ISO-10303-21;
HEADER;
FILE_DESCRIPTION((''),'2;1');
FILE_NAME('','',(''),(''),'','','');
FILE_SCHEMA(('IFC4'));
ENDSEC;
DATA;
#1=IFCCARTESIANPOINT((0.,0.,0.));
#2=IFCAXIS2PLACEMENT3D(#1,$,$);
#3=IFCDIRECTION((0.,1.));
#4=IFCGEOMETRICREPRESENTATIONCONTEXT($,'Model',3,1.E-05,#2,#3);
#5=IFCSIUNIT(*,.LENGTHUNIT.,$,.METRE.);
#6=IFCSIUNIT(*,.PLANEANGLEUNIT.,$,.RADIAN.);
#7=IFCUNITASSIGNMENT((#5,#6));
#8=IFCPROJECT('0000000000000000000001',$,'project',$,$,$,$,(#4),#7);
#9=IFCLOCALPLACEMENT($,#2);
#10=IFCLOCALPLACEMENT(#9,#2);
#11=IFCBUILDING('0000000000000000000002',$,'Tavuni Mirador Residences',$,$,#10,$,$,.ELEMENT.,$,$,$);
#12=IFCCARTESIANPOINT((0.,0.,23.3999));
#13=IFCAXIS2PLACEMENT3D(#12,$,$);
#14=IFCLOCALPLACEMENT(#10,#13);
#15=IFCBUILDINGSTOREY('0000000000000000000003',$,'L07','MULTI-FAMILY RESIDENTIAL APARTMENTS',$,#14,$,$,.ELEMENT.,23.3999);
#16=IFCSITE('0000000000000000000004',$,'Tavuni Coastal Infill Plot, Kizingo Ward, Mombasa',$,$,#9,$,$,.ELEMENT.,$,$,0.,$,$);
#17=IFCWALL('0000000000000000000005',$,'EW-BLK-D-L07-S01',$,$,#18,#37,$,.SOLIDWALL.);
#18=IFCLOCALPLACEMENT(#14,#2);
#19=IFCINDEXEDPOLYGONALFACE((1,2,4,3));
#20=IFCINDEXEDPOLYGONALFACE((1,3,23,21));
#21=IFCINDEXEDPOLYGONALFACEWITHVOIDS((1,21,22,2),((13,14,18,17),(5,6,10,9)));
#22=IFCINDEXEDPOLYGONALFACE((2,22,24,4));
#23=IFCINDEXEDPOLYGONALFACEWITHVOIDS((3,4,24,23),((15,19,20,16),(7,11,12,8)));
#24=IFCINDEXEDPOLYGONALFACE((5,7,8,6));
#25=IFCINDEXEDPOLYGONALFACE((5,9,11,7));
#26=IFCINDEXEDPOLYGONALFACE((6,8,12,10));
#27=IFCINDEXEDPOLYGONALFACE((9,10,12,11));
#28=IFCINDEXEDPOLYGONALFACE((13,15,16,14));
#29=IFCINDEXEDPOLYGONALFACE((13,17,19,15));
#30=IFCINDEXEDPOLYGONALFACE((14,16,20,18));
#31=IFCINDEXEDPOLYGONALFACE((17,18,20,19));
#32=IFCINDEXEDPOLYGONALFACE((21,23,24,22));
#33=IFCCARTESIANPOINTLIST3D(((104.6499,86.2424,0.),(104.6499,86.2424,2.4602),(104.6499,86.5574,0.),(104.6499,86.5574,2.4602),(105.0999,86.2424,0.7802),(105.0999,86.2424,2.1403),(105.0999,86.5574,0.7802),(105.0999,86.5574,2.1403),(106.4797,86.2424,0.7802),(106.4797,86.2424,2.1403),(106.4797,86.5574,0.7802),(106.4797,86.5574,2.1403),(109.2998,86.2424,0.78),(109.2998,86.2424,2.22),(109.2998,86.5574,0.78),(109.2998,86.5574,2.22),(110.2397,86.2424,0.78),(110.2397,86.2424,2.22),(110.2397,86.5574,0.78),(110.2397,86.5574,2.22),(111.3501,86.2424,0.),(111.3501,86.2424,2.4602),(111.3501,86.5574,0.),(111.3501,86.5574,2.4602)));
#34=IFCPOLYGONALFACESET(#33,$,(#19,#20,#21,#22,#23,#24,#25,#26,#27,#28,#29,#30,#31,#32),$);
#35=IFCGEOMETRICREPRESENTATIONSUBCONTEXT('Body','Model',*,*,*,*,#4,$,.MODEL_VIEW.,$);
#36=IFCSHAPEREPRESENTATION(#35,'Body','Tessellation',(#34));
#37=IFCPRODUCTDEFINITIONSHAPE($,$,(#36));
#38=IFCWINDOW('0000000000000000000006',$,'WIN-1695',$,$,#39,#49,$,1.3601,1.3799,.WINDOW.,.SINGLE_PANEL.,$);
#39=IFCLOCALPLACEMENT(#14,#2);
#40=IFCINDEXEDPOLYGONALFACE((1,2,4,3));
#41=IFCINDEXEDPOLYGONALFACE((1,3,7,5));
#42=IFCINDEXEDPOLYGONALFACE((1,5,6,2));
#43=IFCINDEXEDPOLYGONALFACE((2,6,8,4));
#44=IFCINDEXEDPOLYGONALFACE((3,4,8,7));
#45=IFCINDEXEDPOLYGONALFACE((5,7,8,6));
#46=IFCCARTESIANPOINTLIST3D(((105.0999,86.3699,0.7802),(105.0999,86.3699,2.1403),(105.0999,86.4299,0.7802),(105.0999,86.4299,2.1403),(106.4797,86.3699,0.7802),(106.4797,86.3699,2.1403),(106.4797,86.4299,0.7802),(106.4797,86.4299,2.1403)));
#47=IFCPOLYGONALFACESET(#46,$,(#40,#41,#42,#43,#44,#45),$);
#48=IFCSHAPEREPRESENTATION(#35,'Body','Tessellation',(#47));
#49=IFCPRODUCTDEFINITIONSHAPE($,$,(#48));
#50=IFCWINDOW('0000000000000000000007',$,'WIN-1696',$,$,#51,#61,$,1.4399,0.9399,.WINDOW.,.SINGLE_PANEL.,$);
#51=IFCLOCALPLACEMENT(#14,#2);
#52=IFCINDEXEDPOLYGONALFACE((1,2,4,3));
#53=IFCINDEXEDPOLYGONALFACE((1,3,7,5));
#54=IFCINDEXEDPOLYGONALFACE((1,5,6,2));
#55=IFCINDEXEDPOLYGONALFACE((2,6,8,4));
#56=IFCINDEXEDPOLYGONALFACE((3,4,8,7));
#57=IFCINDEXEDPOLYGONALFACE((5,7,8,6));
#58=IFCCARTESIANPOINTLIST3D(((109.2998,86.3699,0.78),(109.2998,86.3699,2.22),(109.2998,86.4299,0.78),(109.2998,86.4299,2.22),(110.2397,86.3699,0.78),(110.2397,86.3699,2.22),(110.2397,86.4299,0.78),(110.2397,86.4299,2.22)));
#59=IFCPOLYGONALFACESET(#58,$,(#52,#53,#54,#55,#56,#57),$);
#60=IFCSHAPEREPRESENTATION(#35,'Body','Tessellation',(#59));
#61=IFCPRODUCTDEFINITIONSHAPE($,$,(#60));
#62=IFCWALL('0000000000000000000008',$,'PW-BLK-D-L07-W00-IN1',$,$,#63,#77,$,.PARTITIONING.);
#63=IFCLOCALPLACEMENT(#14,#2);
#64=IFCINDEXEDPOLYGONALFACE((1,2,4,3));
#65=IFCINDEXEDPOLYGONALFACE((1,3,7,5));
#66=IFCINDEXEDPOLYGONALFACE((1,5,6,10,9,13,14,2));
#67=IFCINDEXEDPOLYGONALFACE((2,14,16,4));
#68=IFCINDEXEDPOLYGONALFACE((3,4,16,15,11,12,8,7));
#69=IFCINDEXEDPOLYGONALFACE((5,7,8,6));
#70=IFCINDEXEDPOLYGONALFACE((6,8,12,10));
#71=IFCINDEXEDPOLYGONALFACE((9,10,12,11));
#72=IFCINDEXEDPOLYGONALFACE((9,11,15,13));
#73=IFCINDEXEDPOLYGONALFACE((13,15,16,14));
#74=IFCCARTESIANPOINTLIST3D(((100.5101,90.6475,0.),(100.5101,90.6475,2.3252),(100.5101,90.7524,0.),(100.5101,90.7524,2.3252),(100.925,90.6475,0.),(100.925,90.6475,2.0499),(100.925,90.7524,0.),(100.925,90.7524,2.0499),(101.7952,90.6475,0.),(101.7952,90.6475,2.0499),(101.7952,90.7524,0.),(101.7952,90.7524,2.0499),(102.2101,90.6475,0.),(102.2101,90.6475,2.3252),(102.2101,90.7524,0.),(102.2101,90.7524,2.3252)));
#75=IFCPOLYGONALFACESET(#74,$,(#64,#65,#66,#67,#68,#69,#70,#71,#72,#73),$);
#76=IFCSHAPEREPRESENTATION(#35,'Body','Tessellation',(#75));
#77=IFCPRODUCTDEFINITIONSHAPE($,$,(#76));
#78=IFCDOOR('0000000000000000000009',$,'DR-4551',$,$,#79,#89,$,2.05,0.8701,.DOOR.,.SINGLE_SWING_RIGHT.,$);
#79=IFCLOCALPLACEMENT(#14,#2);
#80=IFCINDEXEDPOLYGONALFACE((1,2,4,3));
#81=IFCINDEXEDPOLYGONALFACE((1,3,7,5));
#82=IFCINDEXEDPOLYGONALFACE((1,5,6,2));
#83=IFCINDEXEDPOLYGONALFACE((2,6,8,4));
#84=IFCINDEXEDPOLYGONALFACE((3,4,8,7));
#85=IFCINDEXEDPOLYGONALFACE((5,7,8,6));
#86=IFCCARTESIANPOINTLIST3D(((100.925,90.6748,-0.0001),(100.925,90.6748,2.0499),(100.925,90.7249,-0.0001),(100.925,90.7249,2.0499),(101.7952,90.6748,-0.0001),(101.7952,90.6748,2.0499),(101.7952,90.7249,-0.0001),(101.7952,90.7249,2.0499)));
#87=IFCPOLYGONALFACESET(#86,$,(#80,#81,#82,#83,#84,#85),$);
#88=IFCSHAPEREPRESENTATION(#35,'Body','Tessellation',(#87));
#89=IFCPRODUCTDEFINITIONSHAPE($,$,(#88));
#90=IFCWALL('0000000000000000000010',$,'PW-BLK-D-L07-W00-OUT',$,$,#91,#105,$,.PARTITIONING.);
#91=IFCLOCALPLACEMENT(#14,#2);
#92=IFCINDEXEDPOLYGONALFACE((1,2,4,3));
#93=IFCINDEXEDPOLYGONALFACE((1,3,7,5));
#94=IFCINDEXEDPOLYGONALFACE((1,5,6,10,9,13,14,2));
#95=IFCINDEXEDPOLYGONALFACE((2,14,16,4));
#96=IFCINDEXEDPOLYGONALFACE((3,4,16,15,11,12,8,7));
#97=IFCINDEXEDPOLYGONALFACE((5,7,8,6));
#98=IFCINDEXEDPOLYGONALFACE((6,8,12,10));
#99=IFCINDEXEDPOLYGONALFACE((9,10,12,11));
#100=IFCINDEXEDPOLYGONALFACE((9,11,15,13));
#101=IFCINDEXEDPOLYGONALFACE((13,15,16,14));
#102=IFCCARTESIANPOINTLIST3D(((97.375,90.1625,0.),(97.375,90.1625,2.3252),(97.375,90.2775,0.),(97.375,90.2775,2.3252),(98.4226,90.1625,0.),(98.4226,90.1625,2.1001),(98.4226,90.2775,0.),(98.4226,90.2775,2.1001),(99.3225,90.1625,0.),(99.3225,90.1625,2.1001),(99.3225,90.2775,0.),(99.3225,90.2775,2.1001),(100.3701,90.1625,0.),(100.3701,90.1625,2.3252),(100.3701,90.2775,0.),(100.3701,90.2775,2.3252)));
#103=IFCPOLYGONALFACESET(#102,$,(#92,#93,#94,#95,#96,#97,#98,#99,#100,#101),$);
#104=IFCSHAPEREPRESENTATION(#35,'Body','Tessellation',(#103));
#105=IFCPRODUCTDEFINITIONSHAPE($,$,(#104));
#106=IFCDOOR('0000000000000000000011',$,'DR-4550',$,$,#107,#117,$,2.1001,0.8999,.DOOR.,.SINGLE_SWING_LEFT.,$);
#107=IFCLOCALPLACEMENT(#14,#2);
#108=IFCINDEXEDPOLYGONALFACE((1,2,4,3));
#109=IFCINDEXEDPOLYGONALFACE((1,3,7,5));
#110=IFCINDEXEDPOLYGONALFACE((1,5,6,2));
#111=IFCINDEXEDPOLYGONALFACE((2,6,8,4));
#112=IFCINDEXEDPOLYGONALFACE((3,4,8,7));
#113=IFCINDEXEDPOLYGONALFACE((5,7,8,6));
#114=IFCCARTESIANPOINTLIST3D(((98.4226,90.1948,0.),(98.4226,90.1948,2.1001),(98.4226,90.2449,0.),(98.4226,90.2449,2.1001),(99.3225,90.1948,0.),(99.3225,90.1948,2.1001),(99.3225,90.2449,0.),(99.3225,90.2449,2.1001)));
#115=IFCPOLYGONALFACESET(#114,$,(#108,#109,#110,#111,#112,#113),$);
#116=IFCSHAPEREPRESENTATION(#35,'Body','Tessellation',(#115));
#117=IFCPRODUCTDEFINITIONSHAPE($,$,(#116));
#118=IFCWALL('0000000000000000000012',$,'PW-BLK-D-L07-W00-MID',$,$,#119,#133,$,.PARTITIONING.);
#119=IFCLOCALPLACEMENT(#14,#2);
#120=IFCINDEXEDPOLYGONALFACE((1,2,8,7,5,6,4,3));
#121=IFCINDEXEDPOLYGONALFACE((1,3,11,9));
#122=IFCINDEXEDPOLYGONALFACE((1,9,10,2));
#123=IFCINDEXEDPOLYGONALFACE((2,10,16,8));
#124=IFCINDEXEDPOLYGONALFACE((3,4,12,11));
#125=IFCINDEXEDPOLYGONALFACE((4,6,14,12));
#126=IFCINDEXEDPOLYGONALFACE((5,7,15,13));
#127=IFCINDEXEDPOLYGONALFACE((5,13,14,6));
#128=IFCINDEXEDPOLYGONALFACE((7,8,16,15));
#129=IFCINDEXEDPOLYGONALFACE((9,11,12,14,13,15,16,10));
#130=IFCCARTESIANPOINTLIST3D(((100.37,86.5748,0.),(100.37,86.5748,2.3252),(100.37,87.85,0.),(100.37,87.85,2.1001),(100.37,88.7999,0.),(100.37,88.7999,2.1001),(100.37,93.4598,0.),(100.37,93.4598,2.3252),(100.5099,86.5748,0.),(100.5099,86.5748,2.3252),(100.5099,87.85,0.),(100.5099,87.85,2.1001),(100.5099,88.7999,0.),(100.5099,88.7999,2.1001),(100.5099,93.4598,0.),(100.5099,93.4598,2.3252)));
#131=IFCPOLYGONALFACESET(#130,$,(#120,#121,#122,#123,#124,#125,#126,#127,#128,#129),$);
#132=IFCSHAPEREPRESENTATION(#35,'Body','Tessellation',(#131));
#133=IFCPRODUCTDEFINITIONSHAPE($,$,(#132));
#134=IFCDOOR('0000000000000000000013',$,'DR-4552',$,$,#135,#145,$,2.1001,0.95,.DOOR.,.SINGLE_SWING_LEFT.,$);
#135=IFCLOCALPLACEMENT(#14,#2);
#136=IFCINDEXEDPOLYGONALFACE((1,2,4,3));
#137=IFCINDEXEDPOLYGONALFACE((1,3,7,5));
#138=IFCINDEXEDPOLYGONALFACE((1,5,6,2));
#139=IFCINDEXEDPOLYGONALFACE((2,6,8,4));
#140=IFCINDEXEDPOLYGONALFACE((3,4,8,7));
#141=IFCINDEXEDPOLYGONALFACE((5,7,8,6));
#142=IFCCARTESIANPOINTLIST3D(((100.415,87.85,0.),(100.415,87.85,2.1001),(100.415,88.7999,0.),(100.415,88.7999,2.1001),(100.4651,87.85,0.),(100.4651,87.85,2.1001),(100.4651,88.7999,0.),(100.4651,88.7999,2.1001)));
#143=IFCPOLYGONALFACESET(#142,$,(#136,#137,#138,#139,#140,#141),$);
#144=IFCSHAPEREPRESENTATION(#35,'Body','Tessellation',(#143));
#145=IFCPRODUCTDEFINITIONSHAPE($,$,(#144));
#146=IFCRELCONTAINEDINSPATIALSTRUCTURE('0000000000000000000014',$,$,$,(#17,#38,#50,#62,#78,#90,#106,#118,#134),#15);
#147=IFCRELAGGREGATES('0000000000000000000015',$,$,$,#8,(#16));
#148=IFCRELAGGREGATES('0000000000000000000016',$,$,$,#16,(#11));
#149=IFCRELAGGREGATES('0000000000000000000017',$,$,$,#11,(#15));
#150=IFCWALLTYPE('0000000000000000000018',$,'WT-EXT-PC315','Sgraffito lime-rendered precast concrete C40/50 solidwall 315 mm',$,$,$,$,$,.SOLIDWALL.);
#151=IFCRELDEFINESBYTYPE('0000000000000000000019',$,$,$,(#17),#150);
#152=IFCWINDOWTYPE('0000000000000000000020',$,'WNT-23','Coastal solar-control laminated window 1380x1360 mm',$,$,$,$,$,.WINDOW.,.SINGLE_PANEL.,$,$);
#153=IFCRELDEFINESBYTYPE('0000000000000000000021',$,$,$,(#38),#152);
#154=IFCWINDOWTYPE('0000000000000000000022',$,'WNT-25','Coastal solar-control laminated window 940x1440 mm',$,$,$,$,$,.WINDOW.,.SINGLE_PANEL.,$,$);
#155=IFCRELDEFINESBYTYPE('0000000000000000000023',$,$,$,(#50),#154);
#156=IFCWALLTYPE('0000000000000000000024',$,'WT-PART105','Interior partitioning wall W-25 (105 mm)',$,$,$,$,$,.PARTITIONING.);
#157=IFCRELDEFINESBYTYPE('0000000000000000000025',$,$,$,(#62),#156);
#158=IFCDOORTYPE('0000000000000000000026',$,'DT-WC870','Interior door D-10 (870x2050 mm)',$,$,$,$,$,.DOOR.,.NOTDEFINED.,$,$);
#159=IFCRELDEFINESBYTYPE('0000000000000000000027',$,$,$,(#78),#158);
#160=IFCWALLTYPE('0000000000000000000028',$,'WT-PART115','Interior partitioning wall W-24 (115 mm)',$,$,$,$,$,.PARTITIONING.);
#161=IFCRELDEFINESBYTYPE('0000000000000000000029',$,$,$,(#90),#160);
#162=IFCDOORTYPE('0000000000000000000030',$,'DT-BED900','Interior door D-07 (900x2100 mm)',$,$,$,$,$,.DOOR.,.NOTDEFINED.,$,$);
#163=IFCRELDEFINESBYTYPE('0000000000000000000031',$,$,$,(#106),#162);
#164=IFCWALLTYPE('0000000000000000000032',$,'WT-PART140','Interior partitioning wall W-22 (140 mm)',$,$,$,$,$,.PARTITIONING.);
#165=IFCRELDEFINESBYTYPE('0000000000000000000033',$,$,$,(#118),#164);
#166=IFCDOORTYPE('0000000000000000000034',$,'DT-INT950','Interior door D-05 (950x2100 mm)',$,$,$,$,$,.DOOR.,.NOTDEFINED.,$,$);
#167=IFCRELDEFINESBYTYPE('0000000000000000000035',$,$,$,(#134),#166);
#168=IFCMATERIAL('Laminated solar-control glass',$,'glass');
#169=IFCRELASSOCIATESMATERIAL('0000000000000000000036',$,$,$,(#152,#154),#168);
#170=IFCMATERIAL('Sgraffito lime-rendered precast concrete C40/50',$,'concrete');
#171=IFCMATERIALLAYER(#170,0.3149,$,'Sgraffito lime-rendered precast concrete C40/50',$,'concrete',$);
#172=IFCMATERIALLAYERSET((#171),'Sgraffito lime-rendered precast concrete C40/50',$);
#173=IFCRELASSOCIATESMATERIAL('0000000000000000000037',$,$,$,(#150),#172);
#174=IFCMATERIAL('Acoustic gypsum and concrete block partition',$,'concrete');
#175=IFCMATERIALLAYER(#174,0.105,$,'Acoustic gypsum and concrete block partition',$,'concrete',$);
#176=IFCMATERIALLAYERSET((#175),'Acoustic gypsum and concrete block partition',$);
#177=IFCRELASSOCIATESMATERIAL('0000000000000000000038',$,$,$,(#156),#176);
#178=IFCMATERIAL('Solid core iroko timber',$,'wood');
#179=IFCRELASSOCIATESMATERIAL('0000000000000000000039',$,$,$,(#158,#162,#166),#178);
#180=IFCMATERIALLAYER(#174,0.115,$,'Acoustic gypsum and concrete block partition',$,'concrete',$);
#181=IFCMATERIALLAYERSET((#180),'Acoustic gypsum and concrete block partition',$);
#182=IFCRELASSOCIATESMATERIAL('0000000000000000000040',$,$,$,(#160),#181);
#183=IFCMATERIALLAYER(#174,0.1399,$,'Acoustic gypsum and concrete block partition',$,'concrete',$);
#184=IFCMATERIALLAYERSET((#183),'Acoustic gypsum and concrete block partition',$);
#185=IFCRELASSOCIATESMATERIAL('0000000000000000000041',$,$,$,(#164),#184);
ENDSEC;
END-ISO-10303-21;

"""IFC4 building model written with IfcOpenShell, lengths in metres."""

from ifc_helpers import new_model, si_unit, direction, frame, frame_2d, origin, place, context, subcontext, project, spatial, rectangle, extrude, material, layer, layer_set, type_object, element, fill, save


model = new_model("IFC4")

# Units and contexts
model_context = context("Model", 3, precision=1e-05, world=origin(), true_north=direction((0.0, 1.0)))
body_context = subcontext(model_context, "Body", "Model", "MODEL_VIEW")
ifc_project = project(units=[si_unit("LENGTHUNIT", "METRE"), si_unit("PLANEANGLEUNIT", "RADIAN")], contexts=[model_context])

# Site, building, storey
site_placement = place(None, origin())
site = spatial("IfcSite", under=ifc_project, at=site_placement, Name="Tavuni Coastal Infill Plot, Kizingo Ward, Mombasa", CompositionType="ELEMENT", RefElevation=0.0)
building_placement = place(site_placement, origin())
building = spatial("IfcBuilding", under=site, at=building_placement, Name="Tavuni Mirador Residences", CompositionType="ELEMENT")
storey_placement = place(building_placement, frame((0.0, 0.0, 23.3999)))
storey = spatial("IfcBuildingStorey", under=building, at=storey_placement, Name="L07", Description="MULTI-FAMILY RESIDENTIAL APARTMENTS", CompositionType="ELEMENT", Elevation=23.3999)

# Shared definitions
ifc_material_1 = material(Name="Solid core iroko timber", Category="wood")

# Wall, openings, windows
ifc_material_2 = material(Name="Laminated solar-control glass", Category="glass")
window_type_1 = type_object("IfcWindowType", Name="WNT-23", Description="Coastal solar-control laminated window 1380x1360 mm", PartitioningType="SINGLE_PANEL", PredefinedType="WINDOW", material=ifc_material_2)
window_type_2 = type_object("IfcWindowType", Name="WNT-25", Description="Coastal solar-control laminated window 940x1440 mm", PartitioningType="SINGLE_PANEL", PredefinedType="WINDOW", material=ifc_material_2)
ifc_material_3 = material(Name="Sgraffito lime-rendered precast concrete C40/50", Category="concrete")
ifc_layer_1 = layer(ifc_material_3, 0.3149, Name="Sgraffito lime-rendered precast concrete C40/50", Category="concrete")
ifc_layer_set_1 = layer_set([ifc_layer_1], Name="Sgraffito lime-rendered precast concrete C40/50")
wall_type_1 = type_object("IfcWallType", Name="WT-EXT-PC315", Description="Sgraffito lime-rendered precast concrete C40/50 solidwall 315 mm", PredefinedType="SOLIDWALL", material=ifc_layer_set_1)
wall_1_placement = place(storey_placement, frame((104.6499, 86.3999, 0.0), z_axis=(0.0, 0.0, 1.0), x_axis=(1.0, 0.0, 0.0)))
wall_1 = element("IfcWall", 1, at=wall_1_placement, inside=storey, type_object=wall_type_1, Name="EW-BLK-D-L07-S01", PredefinedType="SOLIDWALL", context=body_context, shape_type="SweptSolid", body=[
    extrude(rectangle(XDim=6.7002, YDim=0.3149, at=frame_2d((3.3501, 0.0))), origin(), (0.0, 0.0, 1.0), 2.4602),
])
opening_1_placement = place(wall_1_placement, frame((0.45, 0.0, 0.78)))
opening_1 = element("IfcOpeningElement", 2, at=opening_1_placement, cuts=wall_1, PredefinedType="OPENING", context=body_context, shape_type="SweptSolid", body=[
    extrude(rectangle(XDim=1.3799, YDim=1.3601, at=frame_2d((0.6899, 0.6802))), frame((0.0, 0.1675, 0.0), z_axis=(0.0, -1.0, 0.0), x_axis=(1.0, 0.0, 0.0)), (0.0, 0.0, 1.0), 0.335),
])
opening_2_placement = place(wall_1_placement, frame((4.6499, 0.0, 0.78)))
opening_2 = element("IfcOpeningElement", 3, at=opening_2_placement, cuts=wall_1, PredefinedType="OPENING", context=body_context, shape_type="SweptSolid", body=[
    extrude(rectangle(XDim=0.9399, YDim=1.4399, at=frame_2d((0.47, 0.72))), frame((0.0, 0.1675, 0.0), z_axis=(0.0, -1.0, 0.0), x_axis=(1.0, 0.0, 0.0)), (0.0, 0.0, 1.0), 0.335),
])
window_1_placement = place(opening_1_placement, origin())
window_1 = element("IfcWindow", 4, at=window_1_placement, inside=storey, type_object=window_type_1, Name="WIN-1695", OverallHeight=1.3601, OverallWidth=1.3799, PartitioningType="SINGLE_PANEL", PredefinedType="WINDOW", context=body_context, shape_type="SweptSolid", body=[
    extrude(rectangle(XDim=1.3799, YDim=1.3601, at=frame_2d((0.6899, 0.6802))), frame((0.0, 0.03, 0.0), z_axis=(0.0, -1.0, 0.0), x_axis=(1.0, 0.0, 0.0)), (0.0, 0.0, 1.0), 0.0601),
])
fill(opening_1, window_1)
window_2_placement = place(opening_2_placement, origin())
window_2 = element("IfcWindow", 5, at=window_2_placement, inside=storey, type_object=window_type_2, Name="WIN-1696", OverallHeight=1.4399, OverallWidth=0.9399, PartitioningType="SINGLE_PANEL", PredefinedType="WINDOW", context=body_context, shape_type="SweptSolid", body=[
    extrude(rectangle(XDim=0.9399, YDim=1.4399, at=frame_2d((0.47, 0.72))), frame((0.0, 0.03, 0.0), z_axis=(0.0, -1.0, 0.0), x_axis=(1.0, 0.0, 0.0)), (0.0, 0.0, 1.0), 0.0601),
])
fill(opening_2, window_2)

# Walls, openings, doors
ifc_material_4 = material(Name="Acoustic gypsum and concrete block partition", Category="concrete")
ifc_layer_2 = layer(ifc_material_4, 0.105, Name="Acoustic gypsum and concrete block partition", Category="concrete")
ifc_layer_set_2 = layer_set([ifc_layer_2], Name="Acoustic gypsum and concrete block partition")
wall_type_2 = type_object("IfcWallType", Name="WT-PART105", Description="Interior partitioning wall W-25 (105 mm)", PredefinedType="PARTITIONING", material=ifc_layer_set_2)
wall_2_placement = place(storey_placement, frame((100.51, 90.7, 0.0), z_axis=(0.0, 0.0, 1.0), x_axis=(1.0, 0.0, 0.0)))
wall_2 = element("IfcWall", 6, at=wall_2_placement, inside=storey, type_object=wall_type_2, Name="PW-BLK-D-L07-W00-IN1", PredefinedType="PARTITIONING", context=body_context, shape_type="SweptSolid", body=[
    extrude(rectangle(XDim=1.7, YDim=0.105, at=frame_2d((0.8501, 0.0))), origin(), (0.0, 0.0, 1.0), 2.3252),
])
opening_3_placement = place(wall_2_placement, frame((0.415, 0.0, 0.0)))
opening_3 = element("IfcOpeningElement", 7, at=opening_3_placement, cuts=wall_2, PredefinedType="OPENING", context=body_context, shape_type="SweptSolid", body=[
    extrude(rectangle(XDim=0.8701, YDim=2.05, at=frame_2d((0.4351, 1.0249))), frame((0.0, 0.0625, 0.0), z_axis=(0.0, -1.0, 0.0), x_axis=(1.0, 0.0, 0.0)), (0.0, 0.0, 1.0), 0.125),
])
door_type_1 = type_object("IfcDoorType", Name="DT-WC870", Description="Interior door D-10 (870x2050 mm)", OperationType="NOTDEFINED", PredefinedType="DOOR", material=ifc_material_1)
door_1_placement = place(opening_3_placement, origin())
door_1 = element("IfcDoor", 8, at=door_1_placement, inside=storey, type_object=door_type_1, Name="DR-4551", OperationType="SINGLE_SWING_RIGHT", OverallHeight=2.05, OverallWidth=0.8701, PredefinedType="DOOR", context=body_context, shape_type="SweptSolid", body=[
    extrude(rectangle(XDim=0.8701, YDim=2.05, at=frame_2d((0.4351, 1.0249))), frame((0.0, 0.0249, 0.0), z_axis=(0.0, -1.0, 0.0), x_axis=(1.0, 0.0, 0.0)), (0.0, 0.0, 1.0), 0.05),
])
fill(opening_3, door_1)
ifc_layer_3 = layer(ifc_material_4, 0.115, Name="Acoustic gypsum and concrete block partition", Category="concrete")
ifc_layer_set_3 = layer_set([ifc_layer_3], Name="Acoustic gypsum and concrete block partition")
wall_type_3 = type_object("IfcWallType", Name="WT-PART115", Description="Interior partitioning wall W-24 (115 mm)", PredefinedType="PARTITIONING", material=ifc_layer_set_3)
wall_3_placement = place(storey_placement, frame((97.375, 90.22, 0.0), z_axis=(0.0, 0.0, 1.0), x_axis=(1.0, 0.0, 0.0)))
wall_3 = element("IfcWall", 9, at=wall_3_placement, inside=storey, type_object=wall_type_3, Name="PW-BLK-D-L07-W00-OUT", PredefinedType="PARTITIONING", context=body_context, shape_type="SweptSolid", body=[
    extrude(rectangle(XDim=2.9951, YDim=0.115, at=frame_2d((1.4976, 0.0))), origin(), (0.0, 0.0, 1.0), 2.3252),
])
opening_4_placement = place(wall_3_placement, frame((1.0476, 0.0, 0.0)))
opening_4 = element("IfcOpeningElement", 10, at=opening_4_placement, cuts=wall_3, PredefinedType="OPENING", context=body_context, shape_type="SweptSolid", body=[
    extrude(rectangle(XDim=0.8999, YDim=2.1001, at=frame_2d((0.45, 1.05))), frame((0.0, 0.0674, 0.0), z_axis=(0.0, -1.0, 0.0), x_axis=(1.0, 0.0, 0.0)), (0.0, 0.0, 1.0), 0.135),
])
door_type_2 = type_object("IfcDoorType", Name="DT-BED900", Description="Interior door D-07 (900x2100 mm)", OperationType="NOTDEFINED", PredefinedType="DOOR", material=ifc_material_1)
door_2_placement = place(opening_4_placement, origin())
door_2 = element("IfcDoor", 11, at=door_2_placement, inside=storey, type_object=door_type_2, Name="DR-4550", OperationType="SINGLE_SWING_LEFT", OverallHeight=2.1001, OverallWidth=0.8999, PredefinedType="DOOR", context=body_context, shape_type="SweptSolid", body=[
    extrude(rectangle(XDim=0.8999, YDim=2.1001, at=frame_2d((0.45, 1.05))), frame((0.0, 0.0249, 0.0), z_axis=(0.0, -1.0, 0.0), x_axis=(1.0, 0.0, 0.0)), (0.0, 0.0, 1.0), 0.05),
])
fill(opening_4, door_2)
ifc_layer_4 = layer(ifc_material_4, 0.1399, Name="Acoustic gypsum and concrete block partition", Category="concrete")
ifc_layer_set_4 = layer_set([ifc_layer_4], Name="Acoustic gypsum and concrete block partition")
wall_type_4 = type_object("IfcWallType", Name="WT-PART140", Description="Interior partitioning wall W-22 (140 mm)", PredefinedType="PARTITIONING", material=ifc_layer_set_4)
wall_4_placement = place(storey_placement, frame((100.4399, 86.575, 0.0), z_axis=(0.0, 0.0, 1.0), x_axis=(0.0, 1.0, 0.0)))
wall_4 = element("IfcWall", 12, at=wall_4_placement, inside=storey, type_object=wall_type_4, Name="PW-BLK-D-L07-W00-MID", PredefinedType="PARTITIONING", context=body_context, shape_type="SweptSolid", body=[
    extrude(rectangle(XDim=6.885, YDim=0.1399, at=frame_2d((3.4424, 0.0))), origin(), (0.0, 0.0, 1.0), 2.3252),
])
opening_5_placement = place(wall_4_placement, frame((1.2749, 0.0, 0.0)))
opening_5 = element("IfcOpeningElement", 13, at=opening_5_placement, cuts=wall_4, PredefinedType="OPENING", context=body_context, shape_type="SweptSolid", body=[
    extrude(rectangle(XDim=0.95, YDim=2.1001, at=frame_2d((0.4751, 1.05))), frame((0.0, 0.0801, 0.0), z_axis=(0.0, -1.0, 0.0), x_axis=(1.0, 0.0, 0.0)), (0.0, 0.0, 1.0), 0.1599),
])
door_type_3 = type_object("IfcDoorType", Name="DT-INT950", Description="Interior door D-05 (950x2100 mm)", OperationType="NOTDEFINED", PredefinedType="DOOR", material=ifc_material_1)
door_3_placement = place(opening_5_placement, origin())
door_3 = element("IfcDoor", 14, at=door_3_placement, inside=storey, type_object=door_type_3, Name="DR-4552", OperationType="SINGLE_SWING_LEFT", OverallHeight=2.1001, OverallWidth=0.95, PredefinedType="DOOR", context=body_context, shape_type="SweptSolid", body=[
    extrude(rectangle(XDim=0.95, YDim=2.1001, at=frame_2d((0.4751, 1.05))), frame((0.0, 0.0249, 0.0), z_axis=(0.0, -1.0, 0.0), x_axis=(1.0, 0.0, 0.0)), (0.0, 0.0, 1.0), 0.05),
])
fill(opening_5, door_3)

save(model, "model.ifc")
